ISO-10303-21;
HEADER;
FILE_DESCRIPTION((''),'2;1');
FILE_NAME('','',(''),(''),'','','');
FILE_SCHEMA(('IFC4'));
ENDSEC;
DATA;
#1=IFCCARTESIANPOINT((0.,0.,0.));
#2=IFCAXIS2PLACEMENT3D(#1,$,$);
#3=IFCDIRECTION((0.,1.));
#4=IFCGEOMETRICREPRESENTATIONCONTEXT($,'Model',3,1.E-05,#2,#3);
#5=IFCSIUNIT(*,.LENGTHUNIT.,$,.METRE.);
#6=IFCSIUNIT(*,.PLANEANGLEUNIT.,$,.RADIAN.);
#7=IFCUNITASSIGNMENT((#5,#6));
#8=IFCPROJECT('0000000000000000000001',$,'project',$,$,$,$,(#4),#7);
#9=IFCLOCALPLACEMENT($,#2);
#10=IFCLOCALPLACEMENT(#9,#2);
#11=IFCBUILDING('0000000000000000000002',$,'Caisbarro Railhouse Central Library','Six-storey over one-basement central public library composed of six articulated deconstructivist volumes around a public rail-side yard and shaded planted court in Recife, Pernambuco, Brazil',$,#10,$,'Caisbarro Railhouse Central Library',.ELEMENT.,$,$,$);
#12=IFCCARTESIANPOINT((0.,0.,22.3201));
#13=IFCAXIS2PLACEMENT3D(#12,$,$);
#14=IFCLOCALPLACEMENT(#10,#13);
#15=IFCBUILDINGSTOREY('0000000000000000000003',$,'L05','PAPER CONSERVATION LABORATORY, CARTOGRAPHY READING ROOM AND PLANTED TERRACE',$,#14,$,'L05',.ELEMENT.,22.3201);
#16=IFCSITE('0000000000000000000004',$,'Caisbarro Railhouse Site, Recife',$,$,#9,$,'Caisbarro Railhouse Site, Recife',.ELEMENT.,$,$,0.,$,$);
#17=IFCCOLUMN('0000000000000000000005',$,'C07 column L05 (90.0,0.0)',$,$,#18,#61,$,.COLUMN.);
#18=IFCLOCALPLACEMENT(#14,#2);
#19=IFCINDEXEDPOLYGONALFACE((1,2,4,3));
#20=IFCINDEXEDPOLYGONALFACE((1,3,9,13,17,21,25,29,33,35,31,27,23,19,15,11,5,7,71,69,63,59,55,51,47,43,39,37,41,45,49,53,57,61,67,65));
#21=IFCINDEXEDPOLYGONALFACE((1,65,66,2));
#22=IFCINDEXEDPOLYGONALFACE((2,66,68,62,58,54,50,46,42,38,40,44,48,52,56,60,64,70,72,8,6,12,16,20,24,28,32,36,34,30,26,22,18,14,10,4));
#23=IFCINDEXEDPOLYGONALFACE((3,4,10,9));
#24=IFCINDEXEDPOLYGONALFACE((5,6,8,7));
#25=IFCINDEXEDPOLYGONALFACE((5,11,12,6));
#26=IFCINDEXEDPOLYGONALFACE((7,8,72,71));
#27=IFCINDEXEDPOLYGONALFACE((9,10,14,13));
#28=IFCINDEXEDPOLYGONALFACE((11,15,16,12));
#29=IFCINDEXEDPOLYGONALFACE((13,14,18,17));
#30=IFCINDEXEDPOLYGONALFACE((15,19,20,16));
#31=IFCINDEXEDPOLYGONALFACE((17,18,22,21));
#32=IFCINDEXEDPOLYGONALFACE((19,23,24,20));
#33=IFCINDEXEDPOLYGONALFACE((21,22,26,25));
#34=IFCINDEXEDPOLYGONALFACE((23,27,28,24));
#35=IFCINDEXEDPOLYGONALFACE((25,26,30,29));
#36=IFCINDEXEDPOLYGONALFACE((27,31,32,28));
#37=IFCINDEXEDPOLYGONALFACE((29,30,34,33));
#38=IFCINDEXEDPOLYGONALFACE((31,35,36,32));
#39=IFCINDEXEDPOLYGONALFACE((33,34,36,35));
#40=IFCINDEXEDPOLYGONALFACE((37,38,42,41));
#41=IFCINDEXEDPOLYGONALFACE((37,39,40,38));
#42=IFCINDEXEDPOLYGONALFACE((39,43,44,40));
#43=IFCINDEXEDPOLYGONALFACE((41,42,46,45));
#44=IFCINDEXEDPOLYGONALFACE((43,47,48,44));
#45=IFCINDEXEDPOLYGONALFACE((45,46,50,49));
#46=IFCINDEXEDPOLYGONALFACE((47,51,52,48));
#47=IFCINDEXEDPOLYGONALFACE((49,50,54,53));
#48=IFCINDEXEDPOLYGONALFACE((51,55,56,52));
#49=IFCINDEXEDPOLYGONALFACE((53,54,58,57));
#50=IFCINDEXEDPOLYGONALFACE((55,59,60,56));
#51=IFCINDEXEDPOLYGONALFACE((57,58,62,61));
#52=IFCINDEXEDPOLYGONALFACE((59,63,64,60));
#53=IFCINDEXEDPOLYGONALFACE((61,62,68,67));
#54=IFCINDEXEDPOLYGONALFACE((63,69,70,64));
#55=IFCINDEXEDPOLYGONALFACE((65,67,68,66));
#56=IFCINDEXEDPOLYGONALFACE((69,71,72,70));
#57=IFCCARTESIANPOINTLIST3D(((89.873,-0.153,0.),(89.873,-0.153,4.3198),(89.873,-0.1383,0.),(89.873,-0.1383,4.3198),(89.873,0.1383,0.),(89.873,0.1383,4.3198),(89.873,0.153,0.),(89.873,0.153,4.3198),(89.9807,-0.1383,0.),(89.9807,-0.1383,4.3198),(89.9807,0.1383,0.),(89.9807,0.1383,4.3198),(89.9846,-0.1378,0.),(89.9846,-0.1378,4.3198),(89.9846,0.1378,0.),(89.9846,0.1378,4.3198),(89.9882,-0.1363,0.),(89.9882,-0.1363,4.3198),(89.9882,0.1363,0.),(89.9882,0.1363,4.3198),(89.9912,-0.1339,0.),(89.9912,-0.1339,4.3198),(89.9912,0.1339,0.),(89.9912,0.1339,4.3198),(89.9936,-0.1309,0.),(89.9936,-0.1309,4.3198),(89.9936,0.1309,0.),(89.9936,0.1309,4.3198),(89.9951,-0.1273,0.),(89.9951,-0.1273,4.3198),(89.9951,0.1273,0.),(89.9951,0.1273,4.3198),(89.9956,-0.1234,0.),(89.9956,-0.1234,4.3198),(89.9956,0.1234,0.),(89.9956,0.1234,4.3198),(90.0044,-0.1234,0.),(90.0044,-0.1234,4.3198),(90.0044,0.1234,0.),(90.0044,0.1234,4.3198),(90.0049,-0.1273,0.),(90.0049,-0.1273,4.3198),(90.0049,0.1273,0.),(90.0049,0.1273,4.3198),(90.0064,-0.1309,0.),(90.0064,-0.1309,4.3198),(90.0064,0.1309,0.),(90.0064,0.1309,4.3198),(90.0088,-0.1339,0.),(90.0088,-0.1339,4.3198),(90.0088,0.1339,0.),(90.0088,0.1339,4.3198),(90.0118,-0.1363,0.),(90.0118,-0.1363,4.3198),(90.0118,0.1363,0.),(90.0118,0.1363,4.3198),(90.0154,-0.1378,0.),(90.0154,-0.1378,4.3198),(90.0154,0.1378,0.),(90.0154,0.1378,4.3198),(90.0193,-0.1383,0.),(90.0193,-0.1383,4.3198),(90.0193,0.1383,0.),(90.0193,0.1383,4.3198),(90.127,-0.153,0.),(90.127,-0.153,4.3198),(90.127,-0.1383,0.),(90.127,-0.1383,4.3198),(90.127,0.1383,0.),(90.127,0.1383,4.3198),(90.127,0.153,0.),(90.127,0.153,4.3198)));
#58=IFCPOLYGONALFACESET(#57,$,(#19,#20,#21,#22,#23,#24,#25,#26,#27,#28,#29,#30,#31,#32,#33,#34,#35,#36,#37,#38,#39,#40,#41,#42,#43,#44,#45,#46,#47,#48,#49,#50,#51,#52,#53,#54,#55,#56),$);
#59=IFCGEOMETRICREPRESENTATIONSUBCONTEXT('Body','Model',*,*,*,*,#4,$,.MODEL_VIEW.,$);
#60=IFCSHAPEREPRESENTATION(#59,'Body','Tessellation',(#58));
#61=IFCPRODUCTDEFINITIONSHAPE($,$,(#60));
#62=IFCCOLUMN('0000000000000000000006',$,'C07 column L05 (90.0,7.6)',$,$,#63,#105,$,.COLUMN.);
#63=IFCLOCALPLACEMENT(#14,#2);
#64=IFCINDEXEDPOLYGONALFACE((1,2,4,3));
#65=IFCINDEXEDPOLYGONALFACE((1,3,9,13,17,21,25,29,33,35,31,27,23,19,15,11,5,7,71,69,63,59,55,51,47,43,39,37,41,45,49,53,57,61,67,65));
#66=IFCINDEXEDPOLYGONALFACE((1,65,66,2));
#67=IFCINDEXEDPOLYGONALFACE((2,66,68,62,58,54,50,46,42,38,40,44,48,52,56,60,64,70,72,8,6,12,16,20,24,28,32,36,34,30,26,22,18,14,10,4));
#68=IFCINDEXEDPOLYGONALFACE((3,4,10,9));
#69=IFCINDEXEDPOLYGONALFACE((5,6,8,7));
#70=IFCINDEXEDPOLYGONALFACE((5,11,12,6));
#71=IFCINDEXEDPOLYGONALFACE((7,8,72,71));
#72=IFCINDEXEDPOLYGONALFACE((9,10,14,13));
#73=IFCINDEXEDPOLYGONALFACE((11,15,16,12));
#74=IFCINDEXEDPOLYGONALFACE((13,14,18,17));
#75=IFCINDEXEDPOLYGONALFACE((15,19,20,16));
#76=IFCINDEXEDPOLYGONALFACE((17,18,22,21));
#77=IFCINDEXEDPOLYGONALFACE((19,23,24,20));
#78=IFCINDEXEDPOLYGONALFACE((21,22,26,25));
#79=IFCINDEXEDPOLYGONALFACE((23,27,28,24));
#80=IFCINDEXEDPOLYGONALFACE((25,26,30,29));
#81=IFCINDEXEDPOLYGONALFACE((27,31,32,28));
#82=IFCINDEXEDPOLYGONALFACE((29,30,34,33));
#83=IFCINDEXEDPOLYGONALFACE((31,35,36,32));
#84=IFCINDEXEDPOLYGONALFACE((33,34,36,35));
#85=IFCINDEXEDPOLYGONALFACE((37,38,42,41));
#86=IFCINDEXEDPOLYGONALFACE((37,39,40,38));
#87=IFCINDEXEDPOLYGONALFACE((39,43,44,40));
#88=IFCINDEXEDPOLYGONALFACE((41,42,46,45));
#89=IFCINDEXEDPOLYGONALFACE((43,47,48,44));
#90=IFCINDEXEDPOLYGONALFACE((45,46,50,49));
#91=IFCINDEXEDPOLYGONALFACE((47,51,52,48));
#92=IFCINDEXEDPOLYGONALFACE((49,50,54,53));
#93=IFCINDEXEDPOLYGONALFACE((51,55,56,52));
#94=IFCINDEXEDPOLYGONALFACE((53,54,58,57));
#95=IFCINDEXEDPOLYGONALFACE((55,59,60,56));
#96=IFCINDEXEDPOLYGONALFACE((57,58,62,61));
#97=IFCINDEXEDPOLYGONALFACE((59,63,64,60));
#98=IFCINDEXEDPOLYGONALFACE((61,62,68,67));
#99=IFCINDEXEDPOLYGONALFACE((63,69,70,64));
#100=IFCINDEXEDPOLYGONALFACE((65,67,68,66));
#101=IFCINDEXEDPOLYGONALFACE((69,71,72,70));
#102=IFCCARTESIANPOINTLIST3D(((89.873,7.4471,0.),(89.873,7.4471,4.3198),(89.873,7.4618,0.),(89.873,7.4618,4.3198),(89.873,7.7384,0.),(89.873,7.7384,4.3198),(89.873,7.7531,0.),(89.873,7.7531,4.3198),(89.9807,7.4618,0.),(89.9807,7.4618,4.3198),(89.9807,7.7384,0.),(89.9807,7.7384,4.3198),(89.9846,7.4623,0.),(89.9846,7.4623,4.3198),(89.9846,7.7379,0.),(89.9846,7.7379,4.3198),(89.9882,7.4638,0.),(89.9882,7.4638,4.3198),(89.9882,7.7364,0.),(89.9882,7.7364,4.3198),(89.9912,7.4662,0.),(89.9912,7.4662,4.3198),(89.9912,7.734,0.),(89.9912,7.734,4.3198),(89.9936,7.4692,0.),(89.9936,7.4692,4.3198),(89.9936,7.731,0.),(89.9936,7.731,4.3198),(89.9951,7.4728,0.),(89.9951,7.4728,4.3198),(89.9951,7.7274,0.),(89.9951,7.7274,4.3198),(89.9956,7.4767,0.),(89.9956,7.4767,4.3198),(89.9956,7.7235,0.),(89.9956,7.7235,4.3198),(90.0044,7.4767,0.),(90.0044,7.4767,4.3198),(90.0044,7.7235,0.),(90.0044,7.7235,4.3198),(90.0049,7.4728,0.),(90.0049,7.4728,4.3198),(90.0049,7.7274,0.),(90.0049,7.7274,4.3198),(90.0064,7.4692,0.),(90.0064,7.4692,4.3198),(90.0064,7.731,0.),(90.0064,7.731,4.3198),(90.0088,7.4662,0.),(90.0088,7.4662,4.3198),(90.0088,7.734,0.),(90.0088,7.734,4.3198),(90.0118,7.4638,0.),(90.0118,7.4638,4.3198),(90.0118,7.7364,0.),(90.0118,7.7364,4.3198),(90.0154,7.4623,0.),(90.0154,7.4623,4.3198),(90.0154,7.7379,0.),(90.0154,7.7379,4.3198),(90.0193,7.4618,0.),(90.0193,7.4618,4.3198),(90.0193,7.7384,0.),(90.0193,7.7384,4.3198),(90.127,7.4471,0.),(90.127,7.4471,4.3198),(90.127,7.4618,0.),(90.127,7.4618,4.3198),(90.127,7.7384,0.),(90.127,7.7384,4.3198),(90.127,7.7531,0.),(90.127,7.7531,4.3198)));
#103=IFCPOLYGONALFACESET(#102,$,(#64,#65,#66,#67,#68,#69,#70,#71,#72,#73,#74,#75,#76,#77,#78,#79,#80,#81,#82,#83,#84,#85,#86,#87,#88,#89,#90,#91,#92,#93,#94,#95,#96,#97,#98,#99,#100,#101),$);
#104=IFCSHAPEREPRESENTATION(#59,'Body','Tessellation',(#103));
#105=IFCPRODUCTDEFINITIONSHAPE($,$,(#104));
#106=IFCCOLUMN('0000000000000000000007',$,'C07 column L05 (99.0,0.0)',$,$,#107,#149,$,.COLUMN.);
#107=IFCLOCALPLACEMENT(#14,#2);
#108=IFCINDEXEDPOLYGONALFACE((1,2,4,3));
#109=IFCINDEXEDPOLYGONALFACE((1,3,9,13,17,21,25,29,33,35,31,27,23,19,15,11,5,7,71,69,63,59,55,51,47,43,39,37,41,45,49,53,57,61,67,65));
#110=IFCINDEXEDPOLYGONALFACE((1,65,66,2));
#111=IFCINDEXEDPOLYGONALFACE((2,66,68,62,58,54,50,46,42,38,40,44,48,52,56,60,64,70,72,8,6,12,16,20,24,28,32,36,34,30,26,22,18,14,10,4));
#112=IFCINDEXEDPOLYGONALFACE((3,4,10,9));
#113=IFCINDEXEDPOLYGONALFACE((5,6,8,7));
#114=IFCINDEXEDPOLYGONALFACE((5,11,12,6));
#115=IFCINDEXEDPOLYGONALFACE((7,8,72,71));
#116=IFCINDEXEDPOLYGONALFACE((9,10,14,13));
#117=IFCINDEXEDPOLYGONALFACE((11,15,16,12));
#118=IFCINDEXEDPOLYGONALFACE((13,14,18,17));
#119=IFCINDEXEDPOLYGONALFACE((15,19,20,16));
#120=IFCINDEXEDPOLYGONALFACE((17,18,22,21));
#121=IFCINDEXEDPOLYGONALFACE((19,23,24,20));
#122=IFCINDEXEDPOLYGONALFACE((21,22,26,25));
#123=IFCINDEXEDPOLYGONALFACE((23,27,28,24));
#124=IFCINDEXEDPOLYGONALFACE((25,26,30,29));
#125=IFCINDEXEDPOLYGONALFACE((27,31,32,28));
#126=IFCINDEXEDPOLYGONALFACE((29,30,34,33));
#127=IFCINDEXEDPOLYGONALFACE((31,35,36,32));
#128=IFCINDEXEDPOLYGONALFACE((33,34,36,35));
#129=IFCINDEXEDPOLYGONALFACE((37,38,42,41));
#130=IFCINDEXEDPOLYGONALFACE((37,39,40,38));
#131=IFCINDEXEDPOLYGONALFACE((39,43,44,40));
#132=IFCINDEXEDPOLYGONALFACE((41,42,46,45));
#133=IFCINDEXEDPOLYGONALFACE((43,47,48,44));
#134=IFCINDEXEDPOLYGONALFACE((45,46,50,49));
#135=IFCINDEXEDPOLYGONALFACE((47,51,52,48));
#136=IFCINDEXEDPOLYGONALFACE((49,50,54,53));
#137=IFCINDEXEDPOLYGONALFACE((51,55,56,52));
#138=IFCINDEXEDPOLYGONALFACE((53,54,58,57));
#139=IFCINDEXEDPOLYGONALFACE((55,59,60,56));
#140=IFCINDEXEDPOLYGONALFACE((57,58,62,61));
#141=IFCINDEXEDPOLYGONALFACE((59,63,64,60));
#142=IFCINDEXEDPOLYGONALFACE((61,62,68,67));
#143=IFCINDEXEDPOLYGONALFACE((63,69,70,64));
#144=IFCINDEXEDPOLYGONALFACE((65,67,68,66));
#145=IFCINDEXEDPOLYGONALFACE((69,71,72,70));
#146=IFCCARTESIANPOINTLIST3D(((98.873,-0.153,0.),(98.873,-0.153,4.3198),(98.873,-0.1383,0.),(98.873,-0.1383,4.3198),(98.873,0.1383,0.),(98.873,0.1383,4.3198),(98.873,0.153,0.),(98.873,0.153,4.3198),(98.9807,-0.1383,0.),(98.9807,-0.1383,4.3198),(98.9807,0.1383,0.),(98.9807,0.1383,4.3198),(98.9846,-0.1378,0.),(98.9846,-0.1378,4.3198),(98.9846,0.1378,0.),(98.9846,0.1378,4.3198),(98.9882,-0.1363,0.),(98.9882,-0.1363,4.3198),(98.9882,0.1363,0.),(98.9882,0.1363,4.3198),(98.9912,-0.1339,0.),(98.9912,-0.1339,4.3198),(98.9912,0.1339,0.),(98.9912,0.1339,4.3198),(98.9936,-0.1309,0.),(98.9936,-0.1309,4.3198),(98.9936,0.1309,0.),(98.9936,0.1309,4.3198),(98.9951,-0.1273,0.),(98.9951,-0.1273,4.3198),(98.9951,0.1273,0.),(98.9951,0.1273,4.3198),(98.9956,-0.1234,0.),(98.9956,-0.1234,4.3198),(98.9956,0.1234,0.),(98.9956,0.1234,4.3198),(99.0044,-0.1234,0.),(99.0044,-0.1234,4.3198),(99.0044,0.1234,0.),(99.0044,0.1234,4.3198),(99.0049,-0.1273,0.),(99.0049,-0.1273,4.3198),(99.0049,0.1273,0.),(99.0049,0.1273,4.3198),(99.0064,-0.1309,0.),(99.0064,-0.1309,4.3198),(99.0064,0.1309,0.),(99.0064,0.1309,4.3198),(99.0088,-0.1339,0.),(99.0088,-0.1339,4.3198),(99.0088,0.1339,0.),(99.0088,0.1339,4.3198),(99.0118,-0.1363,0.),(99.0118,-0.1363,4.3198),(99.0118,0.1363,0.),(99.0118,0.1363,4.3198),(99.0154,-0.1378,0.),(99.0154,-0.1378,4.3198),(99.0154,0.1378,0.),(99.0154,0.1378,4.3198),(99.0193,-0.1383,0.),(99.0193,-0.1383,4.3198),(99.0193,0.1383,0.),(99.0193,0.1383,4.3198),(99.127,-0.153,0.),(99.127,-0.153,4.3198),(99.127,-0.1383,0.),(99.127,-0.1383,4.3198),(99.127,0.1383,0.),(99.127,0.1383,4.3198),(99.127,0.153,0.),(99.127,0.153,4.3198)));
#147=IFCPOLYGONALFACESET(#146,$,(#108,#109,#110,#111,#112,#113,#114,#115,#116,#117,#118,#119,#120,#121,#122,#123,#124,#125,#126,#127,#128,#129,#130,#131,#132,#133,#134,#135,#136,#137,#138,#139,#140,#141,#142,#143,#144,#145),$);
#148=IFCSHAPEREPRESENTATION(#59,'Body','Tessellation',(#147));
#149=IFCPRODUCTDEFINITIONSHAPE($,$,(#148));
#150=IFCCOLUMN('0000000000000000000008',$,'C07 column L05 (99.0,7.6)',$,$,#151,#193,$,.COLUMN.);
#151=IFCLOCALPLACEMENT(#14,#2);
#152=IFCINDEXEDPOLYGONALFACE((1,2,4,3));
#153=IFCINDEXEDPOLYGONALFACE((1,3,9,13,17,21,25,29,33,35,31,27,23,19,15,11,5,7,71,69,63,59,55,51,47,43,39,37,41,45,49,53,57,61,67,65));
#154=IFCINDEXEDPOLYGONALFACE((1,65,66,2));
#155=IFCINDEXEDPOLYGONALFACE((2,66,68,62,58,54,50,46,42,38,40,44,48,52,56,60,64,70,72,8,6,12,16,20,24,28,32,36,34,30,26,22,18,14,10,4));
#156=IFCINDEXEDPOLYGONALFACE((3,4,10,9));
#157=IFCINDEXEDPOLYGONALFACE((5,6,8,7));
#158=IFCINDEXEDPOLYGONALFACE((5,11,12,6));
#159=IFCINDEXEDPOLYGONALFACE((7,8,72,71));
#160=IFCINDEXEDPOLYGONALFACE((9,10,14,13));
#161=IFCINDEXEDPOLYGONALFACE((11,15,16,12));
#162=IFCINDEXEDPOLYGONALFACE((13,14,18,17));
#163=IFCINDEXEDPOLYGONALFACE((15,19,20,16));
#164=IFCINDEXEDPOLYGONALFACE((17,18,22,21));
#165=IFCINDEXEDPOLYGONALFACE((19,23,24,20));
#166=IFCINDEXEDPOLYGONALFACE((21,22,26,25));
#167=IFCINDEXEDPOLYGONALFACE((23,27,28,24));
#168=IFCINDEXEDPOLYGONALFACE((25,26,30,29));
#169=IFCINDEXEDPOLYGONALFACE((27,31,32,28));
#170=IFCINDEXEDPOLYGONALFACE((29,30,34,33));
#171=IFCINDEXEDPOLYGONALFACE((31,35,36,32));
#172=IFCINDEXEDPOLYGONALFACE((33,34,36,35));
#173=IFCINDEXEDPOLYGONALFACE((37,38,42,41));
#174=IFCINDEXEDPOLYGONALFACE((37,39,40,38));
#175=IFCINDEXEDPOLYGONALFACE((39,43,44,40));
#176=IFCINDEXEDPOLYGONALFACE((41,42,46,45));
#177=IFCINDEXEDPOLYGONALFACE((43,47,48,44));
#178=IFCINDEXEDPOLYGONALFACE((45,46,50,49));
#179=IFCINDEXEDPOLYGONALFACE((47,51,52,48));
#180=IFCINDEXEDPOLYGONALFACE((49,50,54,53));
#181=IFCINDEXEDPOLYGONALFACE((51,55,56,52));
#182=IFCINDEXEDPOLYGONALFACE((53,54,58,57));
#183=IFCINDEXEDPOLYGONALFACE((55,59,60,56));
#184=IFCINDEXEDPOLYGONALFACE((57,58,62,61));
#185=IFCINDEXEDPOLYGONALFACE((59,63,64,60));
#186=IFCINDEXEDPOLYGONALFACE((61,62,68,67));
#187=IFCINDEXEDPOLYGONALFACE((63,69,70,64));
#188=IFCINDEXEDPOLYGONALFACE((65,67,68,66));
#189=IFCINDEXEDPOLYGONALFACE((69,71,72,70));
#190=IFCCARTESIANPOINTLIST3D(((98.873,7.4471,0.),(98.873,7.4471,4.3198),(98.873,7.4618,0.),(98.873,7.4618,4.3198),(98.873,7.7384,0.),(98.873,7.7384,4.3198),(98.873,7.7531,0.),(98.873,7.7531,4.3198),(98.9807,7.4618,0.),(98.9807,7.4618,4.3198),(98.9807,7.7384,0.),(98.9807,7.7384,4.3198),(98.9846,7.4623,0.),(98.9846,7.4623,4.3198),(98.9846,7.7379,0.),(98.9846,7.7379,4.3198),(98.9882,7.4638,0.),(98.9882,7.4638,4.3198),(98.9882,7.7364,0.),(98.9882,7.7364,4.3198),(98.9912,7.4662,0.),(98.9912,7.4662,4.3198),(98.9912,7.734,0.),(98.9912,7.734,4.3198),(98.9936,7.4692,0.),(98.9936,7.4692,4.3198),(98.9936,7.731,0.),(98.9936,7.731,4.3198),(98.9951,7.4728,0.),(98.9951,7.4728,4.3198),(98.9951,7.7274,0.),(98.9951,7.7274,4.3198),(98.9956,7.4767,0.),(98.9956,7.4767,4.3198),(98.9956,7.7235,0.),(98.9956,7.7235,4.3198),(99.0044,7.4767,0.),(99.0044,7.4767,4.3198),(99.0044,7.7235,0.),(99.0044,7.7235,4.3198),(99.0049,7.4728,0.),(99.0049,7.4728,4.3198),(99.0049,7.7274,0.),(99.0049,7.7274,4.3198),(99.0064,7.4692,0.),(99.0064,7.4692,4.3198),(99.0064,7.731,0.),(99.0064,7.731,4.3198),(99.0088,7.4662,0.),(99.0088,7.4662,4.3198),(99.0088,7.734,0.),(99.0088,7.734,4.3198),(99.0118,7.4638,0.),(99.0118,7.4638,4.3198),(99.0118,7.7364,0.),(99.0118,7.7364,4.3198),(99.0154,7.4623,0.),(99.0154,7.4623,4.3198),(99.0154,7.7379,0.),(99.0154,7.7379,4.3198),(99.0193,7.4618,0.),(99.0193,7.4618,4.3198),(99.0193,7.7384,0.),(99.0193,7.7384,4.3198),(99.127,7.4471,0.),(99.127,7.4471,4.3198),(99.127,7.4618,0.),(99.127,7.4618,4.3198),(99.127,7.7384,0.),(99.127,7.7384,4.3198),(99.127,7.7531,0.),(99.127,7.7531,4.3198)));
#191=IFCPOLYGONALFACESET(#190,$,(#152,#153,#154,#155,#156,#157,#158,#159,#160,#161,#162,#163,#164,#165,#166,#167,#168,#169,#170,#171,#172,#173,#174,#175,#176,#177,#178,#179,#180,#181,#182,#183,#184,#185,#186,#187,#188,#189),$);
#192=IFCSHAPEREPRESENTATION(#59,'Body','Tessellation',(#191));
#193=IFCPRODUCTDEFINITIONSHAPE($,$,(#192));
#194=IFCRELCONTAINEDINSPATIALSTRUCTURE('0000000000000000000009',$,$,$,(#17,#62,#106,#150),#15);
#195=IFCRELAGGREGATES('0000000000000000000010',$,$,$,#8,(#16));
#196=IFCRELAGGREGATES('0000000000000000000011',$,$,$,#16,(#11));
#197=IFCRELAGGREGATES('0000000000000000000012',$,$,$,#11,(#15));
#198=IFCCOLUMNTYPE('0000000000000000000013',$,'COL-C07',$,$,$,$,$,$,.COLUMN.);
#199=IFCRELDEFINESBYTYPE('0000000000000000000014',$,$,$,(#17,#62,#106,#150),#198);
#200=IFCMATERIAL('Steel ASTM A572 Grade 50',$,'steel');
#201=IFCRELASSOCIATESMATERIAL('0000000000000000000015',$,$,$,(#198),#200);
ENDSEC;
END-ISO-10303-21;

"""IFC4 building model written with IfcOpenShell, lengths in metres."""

from ifc_helpers import new_model, si_unit, direction, frame, origin, origin_2d, place, context, subcontext, project, spatial, i_section, extrude, material, material_profile, profile_set, type_object, element, save


model = new_model("IFC4")

# Units and contexts
model_context = context("Model", 3, precision=1e-05, world=origin(), true_north=direction((0.0, 1.0)))
body_context = subcontext(model_context, "Body", "Model", "MODEL_VIEW")
ifc_project = project(units=[si_unit("LENGTHUNIT", "METRE"), si_unit("PLANEANGLEUNIT", "RADIAN")], contexts=[model_context])

# Site, building, storey
site_placement = place(None, origin())
site = spatial("IfcSite", under=ifc_project, at=site_placement, Name="Caisbarro Railhouse Site, Recife", LongName="Caisbarro Railhouse Site, Recife", CompositionType="ELEMENT", RefElevation=0.0)
building_placement = place(site_placement, origin())
building = spatial("IfcBuilding", under=site, at=building_placement, Name="Caisbarro Railhouse Central Library", Description="Six-storey over one-basement central public library composed of six articulated deconstructivist volumes around a public rail-side yard and shaded planted court in Recife, Pernambuco, Brazil", LongName="Caisbarro Railhouse Central Library", CompositionType="ELEMENT")
storey_placement = place(building_placement, frame((0.0, 0.0, 22.3201)))
storey = spatial("IfcBuildingStorey", under=building, at=storey_placement, Name="L05", Description="PAPER CONSERVATION LABORATORY, CARTOGRAPHY READING ROOM AND PLANTED TERRACE", LongName="L05", CompositionType="ELEMENT", Elevation=22.3201)

# Columns
ifc_material_1 = material(Name="Steel ASTM A572 Grade 50", Category="steel")
ifc_material_profile_1 = material_profile(ifc_material_1, i_section(OverallWidth=0.2539, OverallDepth=0.3059, WebThickness=0.0088, FlangeThickness=0.0146, FilletRadius=0.0149, at=origin_2d()), Name="W310X79.0")
ifc_profile_set_1 = profile_set([ifc_material_profile_1], Name="Steel ASTM A572 Grade 50")
column_type = type_object("IfcColumnType", Name="COL-C07", PredefinedType="COLUMN", material=ifc_profile_set_1)
for number, where, z_axis, x_axis, name in (
    (1, (90.0, 0.0, 0.0), (0.0, 0.0, 1.0), (1.0, 0.0, 0.0), "C07 column L05 (90.0,0.0)"),
    (2, (90.0, 7.6001, 0.0), (0.0, 0.0, 1.0), (1.0, 0.0, 0.0), "C07 column L05 (90.0,7.6)"),
    (3, (99.0, 0.0, 0.0), (0.0, 0.0, 1.0), (1.0, 0.0, 0.0), "C07 column L05 (99.0,0.0)"),
    (4, (99.0, 7.6001, 0.0), (0.0, 0.0, 1.0), (1.0, 0.0, 0.0), "C07 column L05 (99.0,7.6)"),
):
    element("IfcColumn", number, at=place(storey_placement, frame(where, z_axis=z_axis, x_axis=x_axis)), inside=storey, type_object=column_type, Name=name, PredefinedType="COLUMN", context=body_context, shape_type="SweptSolid", body=[
        extrude(i_section(OverallWidth=0.2539, OverallDepth=0.3059, WebThickness=0.0088, FlangeThickness=0.0146, FilletRadius=0.0149, at=origin_2d()), origin(), (0.0, 0.0, 1.0), 4.3198),
    ])

save(model, "model.ifc")
